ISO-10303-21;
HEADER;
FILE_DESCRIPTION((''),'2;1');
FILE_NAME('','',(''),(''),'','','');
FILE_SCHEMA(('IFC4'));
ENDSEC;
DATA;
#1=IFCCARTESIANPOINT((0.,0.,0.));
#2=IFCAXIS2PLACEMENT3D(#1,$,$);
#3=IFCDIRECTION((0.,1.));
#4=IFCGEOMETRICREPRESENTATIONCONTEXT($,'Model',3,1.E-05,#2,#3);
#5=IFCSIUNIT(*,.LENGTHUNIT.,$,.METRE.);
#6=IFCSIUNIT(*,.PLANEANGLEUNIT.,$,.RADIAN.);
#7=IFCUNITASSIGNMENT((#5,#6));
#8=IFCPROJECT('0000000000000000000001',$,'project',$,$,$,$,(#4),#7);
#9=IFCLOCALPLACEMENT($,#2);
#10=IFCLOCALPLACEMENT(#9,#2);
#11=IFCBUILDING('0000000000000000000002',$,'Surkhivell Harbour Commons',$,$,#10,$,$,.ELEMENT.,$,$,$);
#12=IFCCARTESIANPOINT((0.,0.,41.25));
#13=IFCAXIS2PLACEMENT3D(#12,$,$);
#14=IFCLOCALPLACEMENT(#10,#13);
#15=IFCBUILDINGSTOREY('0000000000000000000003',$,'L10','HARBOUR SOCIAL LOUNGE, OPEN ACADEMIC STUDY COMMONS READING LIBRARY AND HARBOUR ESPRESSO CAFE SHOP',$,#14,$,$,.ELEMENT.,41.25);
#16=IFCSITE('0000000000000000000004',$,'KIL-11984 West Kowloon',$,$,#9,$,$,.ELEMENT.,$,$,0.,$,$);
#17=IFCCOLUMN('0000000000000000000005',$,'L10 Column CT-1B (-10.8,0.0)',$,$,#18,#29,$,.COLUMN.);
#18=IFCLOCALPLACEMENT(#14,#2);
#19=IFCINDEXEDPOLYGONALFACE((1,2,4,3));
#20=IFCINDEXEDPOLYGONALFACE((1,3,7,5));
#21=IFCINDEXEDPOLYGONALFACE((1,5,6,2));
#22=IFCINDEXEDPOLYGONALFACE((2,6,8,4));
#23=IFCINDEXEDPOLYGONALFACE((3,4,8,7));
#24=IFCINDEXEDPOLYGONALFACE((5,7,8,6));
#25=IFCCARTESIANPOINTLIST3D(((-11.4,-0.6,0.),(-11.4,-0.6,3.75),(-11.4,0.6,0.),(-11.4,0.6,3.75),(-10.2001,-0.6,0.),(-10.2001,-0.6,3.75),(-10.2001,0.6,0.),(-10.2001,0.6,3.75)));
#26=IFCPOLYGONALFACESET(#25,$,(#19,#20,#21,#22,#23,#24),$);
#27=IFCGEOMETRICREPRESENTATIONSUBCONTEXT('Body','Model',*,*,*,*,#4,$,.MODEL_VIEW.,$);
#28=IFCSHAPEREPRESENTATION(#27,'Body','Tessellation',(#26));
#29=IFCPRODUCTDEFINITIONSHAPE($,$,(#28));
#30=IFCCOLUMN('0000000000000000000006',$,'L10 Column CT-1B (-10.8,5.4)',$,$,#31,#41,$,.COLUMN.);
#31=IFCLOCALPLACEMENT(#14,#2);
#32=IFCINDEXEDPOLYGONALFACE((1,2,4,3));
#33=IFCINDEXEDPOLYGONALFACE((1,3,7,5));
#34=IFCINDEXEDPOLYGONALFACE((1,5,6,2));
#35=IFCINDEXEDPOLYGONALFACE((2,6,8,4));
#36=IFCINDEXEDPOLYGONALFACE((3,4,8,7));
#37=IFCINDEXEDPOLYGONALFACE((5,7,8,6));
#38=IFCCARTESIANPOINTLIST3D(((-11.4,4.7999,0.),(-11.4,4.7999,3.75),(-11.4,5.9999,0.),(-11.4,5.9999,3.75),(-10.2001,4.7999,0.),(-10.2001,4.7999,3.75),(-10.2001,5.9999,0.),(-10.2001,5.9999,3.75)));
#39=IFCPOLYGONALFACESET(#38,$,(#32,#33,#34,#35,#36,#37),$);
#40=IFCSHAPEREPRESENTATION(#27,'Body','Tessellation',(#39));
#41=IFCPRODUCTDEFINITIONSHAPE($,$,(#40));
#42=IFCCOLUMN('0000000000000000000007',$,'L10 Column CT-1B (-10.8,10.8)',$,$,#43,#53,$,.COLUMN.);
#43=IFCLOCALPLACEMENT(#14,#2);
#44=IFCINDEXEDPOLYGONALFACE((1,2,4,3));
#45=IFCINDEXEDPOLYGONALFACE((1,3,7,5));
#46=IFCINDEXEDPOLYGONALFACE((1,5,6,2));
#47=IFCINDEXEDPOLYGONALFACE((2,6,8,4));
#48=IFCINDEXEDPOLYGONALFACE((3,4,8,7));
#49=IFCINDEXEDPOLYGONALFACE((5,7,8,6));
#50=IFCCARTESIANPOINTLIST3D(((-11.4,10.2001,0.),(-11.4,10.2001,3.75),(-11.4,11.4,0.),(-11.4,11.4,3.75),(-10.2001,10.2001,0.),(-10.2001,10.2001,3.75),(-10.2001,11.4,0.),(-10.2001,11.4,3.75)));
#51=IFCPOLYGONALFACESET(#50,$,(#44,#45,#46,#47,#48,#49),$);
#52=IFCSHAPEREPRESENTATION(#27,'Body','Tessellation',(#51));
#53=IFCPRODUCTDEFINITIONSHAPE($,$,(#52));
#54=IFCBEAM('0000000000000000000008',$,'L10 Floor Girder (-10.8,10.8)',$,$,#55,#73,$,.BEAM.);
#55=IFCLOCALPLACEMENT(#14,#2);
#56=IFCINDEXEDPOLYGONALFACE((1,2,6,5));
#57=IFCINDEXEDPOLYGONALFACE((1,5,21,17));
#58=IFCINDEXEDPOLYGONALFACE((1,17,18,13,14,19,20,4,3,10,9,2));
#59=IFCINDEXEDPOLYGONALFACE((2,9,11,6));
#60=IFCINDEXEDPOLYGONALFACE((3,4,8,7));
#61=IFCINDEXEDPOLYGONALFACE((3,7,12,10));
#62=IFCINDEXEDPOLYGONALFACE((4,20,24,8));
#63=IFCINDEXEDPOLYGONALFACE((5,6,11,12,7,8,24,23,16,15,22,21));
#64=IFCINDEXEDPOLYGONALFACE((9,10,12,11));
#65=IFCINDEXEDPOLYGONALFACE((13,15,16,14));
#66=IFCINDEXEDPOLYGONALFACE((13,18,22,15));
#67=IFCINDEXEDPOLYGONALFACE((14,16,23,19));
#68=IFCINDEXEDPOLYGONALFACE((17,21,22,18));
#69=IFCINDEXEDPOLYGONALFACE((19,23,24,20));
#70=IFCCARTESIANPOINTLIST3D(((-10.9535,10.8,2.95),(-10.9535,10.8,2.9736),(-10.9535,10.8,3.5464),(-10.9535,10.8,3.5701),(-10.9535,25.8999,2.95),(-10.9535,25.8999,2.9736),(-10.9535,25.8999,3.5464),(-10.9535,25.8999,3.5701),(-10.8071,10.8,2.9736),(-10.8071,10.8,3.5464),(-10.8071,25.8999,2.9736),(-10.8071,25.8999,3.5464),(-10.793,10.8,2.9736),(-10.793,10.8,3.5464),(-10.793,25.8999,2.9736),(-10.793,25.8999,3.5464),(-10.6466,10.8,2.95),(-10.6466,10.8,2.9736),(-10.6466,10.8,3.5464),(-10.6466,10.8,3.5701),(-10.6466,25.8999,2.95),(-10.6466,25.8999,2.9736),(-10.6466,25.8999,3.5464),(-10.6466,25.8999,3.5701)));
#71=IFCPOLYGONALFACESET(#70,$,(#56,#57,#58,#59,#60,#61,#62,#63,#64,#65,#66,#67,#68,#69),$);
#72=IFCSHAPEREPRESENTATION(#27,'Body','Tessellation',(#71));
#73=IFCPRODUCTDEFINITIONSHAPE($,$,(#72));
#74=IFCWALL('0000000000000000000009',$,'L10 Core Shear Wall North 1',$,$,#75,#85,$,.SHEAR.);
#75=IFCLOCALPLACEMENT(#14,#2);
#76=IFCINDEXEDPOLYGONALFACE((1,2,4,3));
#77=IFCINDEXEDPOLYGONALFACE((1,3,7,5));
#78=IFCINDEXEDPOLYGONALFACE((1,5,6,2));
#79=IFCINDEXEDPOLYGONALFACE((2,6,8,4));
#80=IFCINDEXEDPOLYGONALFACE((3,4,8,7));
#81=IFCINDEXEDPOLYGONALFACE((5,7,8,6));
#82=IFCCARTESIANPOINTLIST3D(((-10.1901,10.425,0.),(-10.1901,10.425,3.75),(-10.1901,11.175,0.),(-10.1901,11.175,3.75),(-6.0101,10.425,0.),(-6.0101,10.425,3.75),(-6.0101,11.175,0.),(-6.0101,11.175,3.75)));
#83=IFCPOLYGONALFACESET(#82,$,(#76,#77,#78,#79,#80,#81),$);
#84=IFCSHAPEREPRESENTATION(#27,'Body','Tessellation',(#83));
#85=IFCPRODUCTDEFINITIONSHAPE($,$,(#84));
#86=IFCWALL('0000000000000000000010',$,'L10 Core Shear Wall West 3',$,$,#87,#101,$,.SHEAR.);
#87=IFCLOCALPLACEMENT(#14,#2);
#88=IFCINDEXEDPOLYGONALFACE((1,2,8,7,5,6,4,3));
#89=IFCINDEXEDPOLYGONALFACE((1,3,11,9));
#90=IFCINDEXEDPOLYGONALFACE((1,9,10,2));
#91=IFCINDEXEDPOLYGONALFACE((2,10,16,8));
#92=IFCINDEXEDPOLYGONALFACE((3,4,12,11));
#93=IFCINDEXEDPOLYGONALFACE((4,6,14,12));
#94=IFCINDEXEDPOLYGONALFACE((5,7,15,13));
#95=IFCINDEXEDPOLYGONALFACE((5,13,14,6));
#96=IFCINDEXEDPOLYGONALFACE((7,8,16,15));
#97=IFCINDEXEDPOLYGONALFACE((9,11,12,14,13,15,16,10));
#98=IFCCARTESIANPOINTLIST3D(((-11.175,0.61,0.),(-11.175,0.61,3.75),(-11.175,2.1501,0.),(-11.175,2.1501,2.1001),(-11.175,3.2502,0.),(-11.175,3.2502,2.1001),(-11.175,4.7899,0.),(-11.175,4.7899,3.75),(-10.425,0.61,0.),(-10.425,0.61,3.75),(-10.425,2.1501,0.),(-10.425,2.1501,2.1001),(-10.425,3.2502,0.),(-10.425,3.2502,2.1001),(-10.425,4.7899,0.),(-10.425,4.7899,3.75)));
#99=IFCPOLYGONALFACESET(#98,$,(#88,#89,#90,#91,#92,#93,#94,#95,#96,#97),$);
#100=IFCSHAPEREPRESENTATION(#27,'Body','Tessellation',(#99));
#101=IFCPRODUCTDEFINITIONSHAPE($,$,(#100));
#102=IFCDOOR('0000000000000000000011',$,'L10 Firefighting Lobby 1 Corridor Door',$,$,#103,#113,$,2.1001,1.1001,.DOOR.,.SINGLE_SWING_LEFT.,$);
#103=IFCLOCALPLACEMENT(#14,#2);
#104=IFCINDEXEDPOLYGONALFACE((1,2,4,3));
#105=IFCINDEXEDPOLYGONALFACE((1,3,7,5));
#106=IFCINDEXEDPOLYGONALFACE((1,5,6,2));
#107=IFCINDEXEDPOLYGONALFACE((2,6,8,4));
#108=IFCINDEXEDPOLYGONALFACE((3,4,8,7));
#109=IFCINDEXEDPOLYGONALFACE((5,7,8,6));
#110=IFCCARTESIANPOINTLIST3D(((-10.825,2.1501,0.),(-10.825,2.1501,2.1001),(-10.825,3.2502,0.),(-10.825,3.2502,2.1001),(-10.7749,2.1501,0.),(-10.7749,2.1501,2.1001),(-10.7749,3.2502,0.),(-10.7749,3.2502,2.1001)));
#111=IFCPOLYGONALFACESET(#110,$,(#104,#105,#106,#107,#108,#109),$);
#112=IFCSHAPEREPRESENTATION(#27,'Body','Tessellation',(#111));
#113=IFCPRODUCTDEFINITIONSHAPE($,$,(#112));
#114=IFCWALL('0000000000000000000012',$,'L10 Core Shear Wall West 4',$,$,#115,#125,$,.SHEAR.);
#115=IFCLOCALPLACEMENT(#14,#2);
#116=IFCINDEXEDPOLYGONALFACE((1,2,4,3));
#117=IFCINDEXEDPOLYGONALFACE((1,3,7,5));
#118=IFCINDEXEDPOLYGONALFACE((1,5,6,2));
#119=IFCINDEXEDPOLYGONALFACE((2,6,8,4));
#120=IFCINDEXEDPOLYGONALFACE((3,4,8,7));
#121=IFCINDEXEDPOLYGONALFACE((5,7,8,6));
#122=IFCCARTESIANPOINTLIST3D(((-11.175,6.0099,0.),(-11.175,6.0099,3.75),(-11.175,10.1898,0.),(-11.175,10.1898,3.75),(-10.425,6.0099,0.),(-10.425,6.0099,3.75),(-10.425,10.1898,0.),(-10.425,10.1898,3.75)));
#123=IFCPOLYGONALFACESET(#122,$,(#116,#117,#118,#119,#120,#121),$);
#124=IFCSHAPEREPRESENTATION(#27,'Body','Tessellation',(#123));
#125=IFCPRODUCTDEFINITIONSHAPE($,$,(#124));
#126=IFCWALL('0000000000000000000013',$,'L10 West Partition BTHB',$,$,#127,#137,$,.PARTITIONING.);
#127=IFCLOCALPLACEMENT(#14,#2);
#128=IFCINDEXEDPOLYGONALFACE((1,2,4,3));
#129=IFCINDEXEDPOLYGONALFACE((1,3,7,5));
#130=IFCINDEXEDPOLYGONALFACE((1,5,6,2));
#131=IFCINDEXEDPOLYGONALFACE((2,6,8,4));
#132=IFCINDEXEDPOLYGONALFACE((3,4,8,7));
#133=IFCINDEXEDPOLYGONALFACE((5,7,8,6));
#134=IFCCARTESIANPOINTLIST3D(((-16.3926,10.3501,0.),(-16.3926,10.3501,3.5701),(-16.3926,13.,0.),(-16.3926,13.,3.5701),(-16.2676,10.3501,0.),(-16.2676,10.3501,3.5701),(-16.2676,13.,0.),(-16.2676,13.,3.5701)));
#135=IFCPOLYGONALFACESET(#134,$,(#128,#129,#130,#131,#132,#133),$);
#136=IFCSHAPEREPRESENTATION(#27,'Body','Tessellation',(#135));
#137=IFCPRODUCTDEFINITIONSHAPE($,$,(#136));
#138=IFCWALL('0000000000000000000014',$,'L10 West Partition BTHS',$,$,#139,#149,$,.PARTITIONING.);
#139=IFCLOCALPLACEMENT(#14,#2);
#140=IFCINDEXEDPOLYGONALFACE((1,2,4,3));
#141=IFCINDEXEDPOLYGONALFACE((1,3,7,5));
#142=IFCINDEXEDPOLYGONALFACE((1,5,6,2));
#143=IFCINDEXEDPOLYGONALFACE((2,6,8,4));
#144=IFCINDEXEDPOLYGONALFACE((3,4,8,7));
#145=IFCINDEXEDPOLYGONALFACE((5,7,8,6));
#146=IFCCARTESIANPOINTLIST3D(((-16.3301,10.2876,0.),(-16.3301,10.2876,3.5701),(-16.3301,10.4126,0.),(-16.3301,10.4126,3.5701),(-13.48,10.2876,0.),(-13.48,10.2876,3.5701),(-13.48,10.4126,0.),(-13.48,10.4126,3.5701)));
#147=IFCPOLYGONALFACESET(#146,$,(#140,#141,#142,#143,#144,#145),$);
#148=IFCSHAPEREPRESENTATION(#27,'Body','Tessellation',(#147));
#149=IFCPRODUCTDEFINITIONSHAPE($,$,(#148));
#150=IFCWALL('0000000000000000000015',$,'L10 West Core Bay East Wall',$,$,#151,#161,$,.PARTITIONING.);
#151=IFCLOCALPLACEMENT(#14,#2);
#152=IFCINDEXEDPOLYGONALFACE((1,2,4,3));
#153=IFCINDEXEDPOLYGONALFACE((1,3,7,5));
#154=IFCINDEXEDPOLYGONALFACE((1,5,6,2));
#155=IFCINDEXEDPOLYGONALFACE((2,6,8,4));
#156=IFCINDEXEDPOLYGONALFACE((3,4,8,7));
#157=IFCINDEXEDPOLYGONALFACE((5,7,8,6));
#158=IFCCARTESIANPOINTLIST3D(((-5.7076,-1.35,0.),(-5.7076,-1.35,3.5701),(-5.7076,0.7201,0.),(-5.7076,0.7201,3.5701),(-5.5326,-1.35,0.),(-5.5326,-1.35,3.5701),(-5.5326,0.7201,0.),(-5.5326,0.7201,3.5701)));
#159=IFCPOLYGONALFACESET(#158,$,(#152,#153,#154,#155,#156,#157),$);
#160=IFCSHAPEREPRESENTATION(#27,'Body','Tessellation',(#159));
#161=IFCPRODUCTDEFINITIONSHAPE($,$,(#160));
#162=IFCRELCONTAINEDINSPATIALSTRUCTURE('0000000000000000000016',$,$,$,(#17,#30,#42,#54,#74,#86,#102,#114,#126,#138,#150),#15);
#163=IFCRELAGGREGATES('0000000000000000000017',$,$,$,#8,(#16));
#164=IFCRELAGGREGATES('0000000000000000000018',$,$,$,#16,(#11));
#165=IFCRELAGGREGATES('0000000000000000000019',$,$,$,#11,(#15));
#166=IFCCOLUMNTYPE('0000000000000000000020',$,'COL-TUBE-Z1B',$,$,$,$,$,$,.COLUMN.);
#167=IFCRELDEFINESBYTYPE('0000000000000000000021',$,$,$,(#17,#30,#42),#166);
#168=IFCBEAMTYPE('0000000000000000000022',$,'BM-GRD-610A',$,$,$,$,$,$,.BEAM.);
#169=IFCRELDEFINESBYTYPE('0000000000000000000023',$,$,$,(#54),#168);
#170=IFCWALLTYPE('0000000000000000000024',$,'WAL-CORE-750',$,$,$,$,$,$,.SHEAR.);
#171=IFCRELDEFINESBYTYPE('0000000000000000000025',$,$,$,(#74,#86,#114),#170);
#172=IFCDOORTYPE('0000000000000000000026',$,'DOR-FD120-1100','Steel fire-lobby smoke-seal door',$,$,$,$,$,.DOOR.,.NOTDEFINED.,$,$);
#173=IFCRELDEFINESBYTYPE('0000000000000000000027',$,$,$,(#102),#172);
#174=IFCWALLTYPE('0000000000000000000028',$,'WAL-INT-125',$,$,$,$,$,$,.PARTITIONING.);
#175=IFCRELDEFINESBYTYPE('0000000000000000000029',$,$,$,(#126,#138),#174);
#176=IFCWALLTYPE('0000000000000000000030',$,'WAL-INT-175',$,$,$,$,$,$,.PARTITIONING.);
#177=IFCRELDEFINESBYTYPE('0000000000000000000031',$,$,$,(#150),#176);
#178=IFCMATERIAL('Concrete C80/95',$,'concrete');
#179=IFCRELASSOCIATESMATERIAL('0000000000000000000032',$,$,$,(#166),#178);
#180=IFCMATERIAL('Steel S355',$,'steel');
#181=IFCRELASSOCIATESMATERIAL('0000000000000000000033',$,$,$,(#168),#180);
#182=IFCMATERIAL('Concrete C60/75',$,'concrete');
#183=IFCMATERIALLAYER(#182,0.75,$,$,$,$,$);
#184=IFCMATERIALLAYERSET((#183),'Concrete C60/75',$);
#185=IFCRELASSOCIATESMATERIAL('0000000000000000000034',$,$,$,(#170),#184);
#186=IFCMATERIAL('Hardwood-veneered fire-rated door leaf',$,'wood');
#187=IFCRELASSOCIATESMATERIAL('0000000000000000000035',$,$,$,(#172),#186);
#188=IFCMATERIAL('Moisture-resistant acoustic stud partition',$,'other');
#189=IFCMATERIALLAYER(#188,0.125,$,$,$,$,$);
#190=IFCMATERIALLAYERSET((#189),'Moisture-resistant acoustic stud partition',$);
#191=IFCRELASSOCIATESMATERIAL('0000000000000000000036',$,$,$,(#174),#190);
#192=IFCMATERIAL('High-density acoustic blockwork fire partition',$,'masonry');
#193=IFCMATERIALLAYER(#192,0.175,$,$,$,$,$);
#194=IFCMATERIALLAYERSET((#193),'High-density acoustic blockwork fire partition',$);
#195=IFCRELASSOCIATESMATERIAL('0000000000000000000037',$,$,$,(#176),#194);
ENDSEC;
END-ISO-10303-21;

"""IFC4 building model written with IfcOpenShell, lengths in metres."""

from ifc_helpers import new_model, si_unit, direction, frame, frame_2d, origin, origin_2d, place, context, subcontext, project, spatial, rectangle, i_section, extrude, material, layer, layer_set, material_profile, profile_set, type_object, element, fill, save


model = new_model("IFC4")

# Units and contexts
model_context = context("Model", 3, precision=1e-05, world=origin(), true_north=direction((0.0, 1.0)))
body_context = subcontext(model_context, "Body", "Model", "MODEL_VIEW")
ifc_project = project(units=[si_unit("LENGTHUNIT", "METRE"), si_unit("PLANEANGLEUNIT", "RADIAN")], contexts=[model_context])

# Site, building, storey
site_placement = place(None, origin())
site = spatial("IfcSite", under=ifc_project, at=site_placement, Name="KIL-11984 West Kowloon", CompositionType="ELEMENT", RefElevation=0.0)
building_placement = place(site_placement, origin())
building = spatial("IfcBuilding", under=site, at=building_placement, Name="Surkhivell Harbour Commons", CompositionType="ELEMENT")
storey_placement = place(building_placement, frame((0.0, 0.0, 41.25)))
storey = spatial("IfcBuildingStorey", under=building, at=storey_placement, Name="L10", Description="HARBOUR SOCIAL LOUNGE, OPEN ACADEMIC STUDY COMMONS READING LIBRARY AND HARBOUR ESPRESSO CAFE SHOP", CompositionType="ELEMENT", Elevation=41.25)

# Columns
ifc_material_1 = material(Name="Concrete C80/95", Category="concrete")
ifc_material_profile_1 = material_profile(ifc_material_1, rectangle(XDim=1.2, YDim=1.2, at=origin_2d()), Name="RC-COL-1200x1200")
ifc_profile_set_1 = profile_set([ifc_material_profile_1], Name="Concrete C80/95")
column_type = type_object("IfcColumnType", Name="COL-TUBE-Z1B", PredefinedType="COLUMN", material=ifc_profile_set_1)
for number, where, z_axis, x_axis, name in (
    (1, (-10.8, 0.0, 0.0), (0.0, 0.0, 1.0), (1.0, 0.0, 0.0), "L10 Column CT-1B (-10.8,0.0)"),
    (2, (-10.8, 5.3999, 0.0), (0.0, 0.0, 1.0), (1.0, 0.0, 0.0), "L10 Column CT-1B (-10.8,5.4)"),
    (3, (-10.8, 10.8, 0.0), (0.0, 0.0, 1.0), (1.0, 0.0, 0.0), "L10 Column CT-1B (-10.8,10.8)"),
):
    element("IfcColumn", number, at=place(storey_placement, frame(where, z_axis=z_axis, x_axis=x_axis)), inside=storey, type_object=column_type, Name=name, PredefinedType="COLUMN", context=body_context, shape_type="SweptSolid", body=[
        extrude(rectangle(XDim=1.2, YDim=1.2, at=origin_2d()), origin(), (0.0, 0.0, 1.0), 3.75),
    ])

# Beam
ifc_material_2 = material(Name="Steel S355", Category="steel")
ifc_material_profile_2 = material_profile(ifc_material_2, i_section(OverallWidth=0.3069, OverallDepth=0.6201, WebThickness=0.0142, FlangeThickness=0.0237, at=origin_2d()), Name="UB610x305x179")
ifc_profile_set_2 = profile_set([ifc_material_profile_2], Name="Steel S355")
beam_type = type_object("IfcBeamType", Name="BM-GRD-610A", PredefinedType="BEAM", material=ifc_profile_set_2)
beam_placement = place(storey_placement, frame((-10.8, 10.8, 3.26), z_axis=(0.0, 1.0, 0.0), x_axis=(-1.0, 0.0, 0.0)))
element("IfcBeam", 4, at=beam_placement, inside=storey, type_object=beam_type, Name="L10 Floor Girder (-10.8,10.8)", PredefinedType="BEAM", context=body_context, shape_type="SweptSolid", body=[
    extrude(i_section(OverallWidth=0.3069, OverallDepth=0.6201, WebThickness=0.0142, FlangeThickness=0.0237, at=origin_2d()), origin(), (0.0, 0.0, 1.0), 15.0999),
])

# Wall
ifc_material_3 = material(Name="Concrete C60/75", Category="concrete")
ifc_layer_1 = layer(ifc_material_3, 0.75)
ifc_layer_set_1 = layer_set([ifc_layer_1], Name="Concrete C60/75")
wall_type_1 = type_object("IfcWallType", Name="WAL-CORE-750", PredefinedType="SHEAR", material=ifc_layer_set_1)
wall_1_placement = place(storey_placement, frame((-10.1899, 10.8, 0.0), z_axis=(0.0, 0.0, 1.0), x_axis=(1.0, 0.0, 0.0)))
element("IfcWall", 5, at=wall_1_placement, inside=storey, type_object=wall_type_1, Name="L10 Core Shear Wall North 1", PredefinedType="SHEAR", context=body_context, shape_type="SweptSolid", body=[
    extrude(rectangle(XDim=4.1799, YDim=0.75, at=frame_2d((2.0898, 0.0))), origin(), (0.0, 0.0, 1.0), 3.75),
])

# Wall, opening, door
wall_2_placement = place(storey_placement, frame((-10.8, 0.6101, 0.0), z_axis=(0.0, 0.0, 1.0), x_axis=(0.0, 1.0, 0.0)))
wall_2 = element("IfcWall", 6, at=wall_2_placement, inside=storey, type_object=wall_type_1, Name="L10 Core Shear Wall West 3", PredefinedType="SHEAR", context=body_context, shape_type="SweptSolid", body=[
    extrude(rectangle(XDim=4.1799, YDim=0.75, at=frame_2d((2.0898, 0.0))), origin(), (0.0, 0.0, 1.0), 3.75),
])
opening_1_placement = place(wall_2_placement, frame((1.54, 0.0, 0.0)))
opening_1 = element("IfcOpeningElement", 7, at=opening_1_placement, cuts=wall_2, PredefinedType="OPENING", context=body_context, shape_type="SweptSolid", body=[
    extrude(rectangle(XDim=1.1001, YDim=2.1001, at=frame_2d((0.55, 1.05))), frame((0.0, 0.385, 0.0), z_axis=(0.0, -1.0, 0.0), x_axis=(1.0, 0.0, 0.0)), (0.0, 0.0, 1.0), 0.77),
])
ifc_material_4 = material(Name="Hardwood-veneered fire-rated door leaf", Category="wood")
door_type_1 = type_object("IfcDoorType", Name="DOR-FD120-1100", Description="Steel fire-lobby smoke-seal door", OperationType="NOTDEFINED", PredefinedType="DOOR", material=ifc_material_4)
door_1_placement = place(opening_1_placement, origin())
door_1 = element("IfcDoor", 8, at=door_1_placement, inside=storey, type_object=door_type_1, Name="L10 Firefighting Lobby 1 Corridor Door", OperationType="SINGLE_SWING_LEFT", OverallHeight=2.1001, OverallWidth=1.1001, PredefinedType="DOOR", context=body_context, shape_type="SweptSolid", body=[
    extrude(rectangle(XDim=1.1001, YDim=2.1001, at=frame_2d((0.55, 1.05))), frame((0.0, 0.0249, 0.0), z_axis=(0.0, -1.0, 0.0), x_axis=(1.0, 0.0, 0.0)), (0.0, 0.0, 1.0), 0.05),
])
fill(opening_1, door_1)

# Walls
wall_3_placement = place(storey_placement, frame((-10.8, 6.01, 0.0), z_axis=(0.0, 0.0, 1.0), x_axis=(0.0, 1.0, 0.0)))
element("IfcWall", 9, at=wall_3_placement, inside=storey, type_object=wall_type_1, Name="L10 Core Shear Wall West 4", PredefinedType="SHEAR", context=body_context, shape_type="SweptSolid", body=[
    extrude(rectangle(XDim=4.1799, YDim=0.75, at=frame_2d((2.0898, 0.0))), origin(), (0.0, 0.0, 1.0), 3.75),
])
ifc_material_5 = material(Name="Moisture-resistant acoustic stud partition", Category="other")
ifc_layer_2 = layer(ifc_material_5, 0.125)
ifc_layer_set_2 = layer_set([ifc_layer_2], Name="Moisture-resistant acoustic stud partition")
wall_type_2 = type_object("IfcWallType", Name="WAL-INT-125", PredefinedType="PARTITIONING", material=ifc_layer_set_2)
wall_4_placement = place(storey_placement, frame((-16.3301, 10.3501, 0.0), z_axis=(0.0, 0.0, 1.0), x_axis=(0.0, 1.0, 0.0)))
element("IfcWall", 10, at=wall_4_placement, inside=storey, type_object=wall_type_2, Name="L10 West Partition BTHB", PredefinedType="PARTITIONING", context=body_context, shape_type="SweptSolid", body=[
    extrude(rectangle(XDim=2.6499, YDim=0.125, at=frame_2d((1.325, 0.0))), origin(), (0.0, 0.0, 1.0), 3.5701),
])
wall_5_placement = place(storey_placement, frame((-16.3301, 10.3501, 0.0), z_axis=(0.0, 0.0, 1.0), x_axis=(1.0, 0.0, 0.0)))
element("IfcWall", 11, at=wall_5_placement, inside=storey, type_object=wall_type_2, Name="L10 West Partition BTHS", PredefinedType="PARTITIONING", context=body_context, shape_type="SweptSolid", body=[
    extrude(rectangle(XDim=2.8501, YDim=0.125, at=frame_2d((1.425, 0.0))), origin(), (0.0, 0.0, 1.0), 3.5701),
])
ifc_material_6 = material(Name="High-density acoustic blockwork fire partition", Category="masonry")
ifc_layer_3 = layer(ifc_material_6, 0.175)
ifc_layer_set_3 = layer_set([ifc_layer_3], Name="High-density acoustic blockwork fire partition")
wall_type_3 = type_object("IfcWallType", Name="WAL-INT-175", PredefinedType="PARTITIONING", material=ifc_layer_set_3)
wall_6_placement = place(storey_placement, frame((-5.6201, -1.3501, 0.0), z_axis=(0.0, 0.0, 1.0), x_axis=(0.0, 1.0, 0.0)))
element("IfcWall", 12, at=wall_6_placement, inside=storey, type_object=wall_type_3, Name="L10 West Core Bay East Wall", PredefinedType="PARTITIONING", context=body_context, shape_type="SweptSolid", body=[
    extrude(rectangle(XDim=2.0701, YDim=0.175, at=frame_2d((1.0352, 0.0))), origin(), (0.0, 0.0, 1.0), 3.5701),
])

save(model, "model.ifc")
